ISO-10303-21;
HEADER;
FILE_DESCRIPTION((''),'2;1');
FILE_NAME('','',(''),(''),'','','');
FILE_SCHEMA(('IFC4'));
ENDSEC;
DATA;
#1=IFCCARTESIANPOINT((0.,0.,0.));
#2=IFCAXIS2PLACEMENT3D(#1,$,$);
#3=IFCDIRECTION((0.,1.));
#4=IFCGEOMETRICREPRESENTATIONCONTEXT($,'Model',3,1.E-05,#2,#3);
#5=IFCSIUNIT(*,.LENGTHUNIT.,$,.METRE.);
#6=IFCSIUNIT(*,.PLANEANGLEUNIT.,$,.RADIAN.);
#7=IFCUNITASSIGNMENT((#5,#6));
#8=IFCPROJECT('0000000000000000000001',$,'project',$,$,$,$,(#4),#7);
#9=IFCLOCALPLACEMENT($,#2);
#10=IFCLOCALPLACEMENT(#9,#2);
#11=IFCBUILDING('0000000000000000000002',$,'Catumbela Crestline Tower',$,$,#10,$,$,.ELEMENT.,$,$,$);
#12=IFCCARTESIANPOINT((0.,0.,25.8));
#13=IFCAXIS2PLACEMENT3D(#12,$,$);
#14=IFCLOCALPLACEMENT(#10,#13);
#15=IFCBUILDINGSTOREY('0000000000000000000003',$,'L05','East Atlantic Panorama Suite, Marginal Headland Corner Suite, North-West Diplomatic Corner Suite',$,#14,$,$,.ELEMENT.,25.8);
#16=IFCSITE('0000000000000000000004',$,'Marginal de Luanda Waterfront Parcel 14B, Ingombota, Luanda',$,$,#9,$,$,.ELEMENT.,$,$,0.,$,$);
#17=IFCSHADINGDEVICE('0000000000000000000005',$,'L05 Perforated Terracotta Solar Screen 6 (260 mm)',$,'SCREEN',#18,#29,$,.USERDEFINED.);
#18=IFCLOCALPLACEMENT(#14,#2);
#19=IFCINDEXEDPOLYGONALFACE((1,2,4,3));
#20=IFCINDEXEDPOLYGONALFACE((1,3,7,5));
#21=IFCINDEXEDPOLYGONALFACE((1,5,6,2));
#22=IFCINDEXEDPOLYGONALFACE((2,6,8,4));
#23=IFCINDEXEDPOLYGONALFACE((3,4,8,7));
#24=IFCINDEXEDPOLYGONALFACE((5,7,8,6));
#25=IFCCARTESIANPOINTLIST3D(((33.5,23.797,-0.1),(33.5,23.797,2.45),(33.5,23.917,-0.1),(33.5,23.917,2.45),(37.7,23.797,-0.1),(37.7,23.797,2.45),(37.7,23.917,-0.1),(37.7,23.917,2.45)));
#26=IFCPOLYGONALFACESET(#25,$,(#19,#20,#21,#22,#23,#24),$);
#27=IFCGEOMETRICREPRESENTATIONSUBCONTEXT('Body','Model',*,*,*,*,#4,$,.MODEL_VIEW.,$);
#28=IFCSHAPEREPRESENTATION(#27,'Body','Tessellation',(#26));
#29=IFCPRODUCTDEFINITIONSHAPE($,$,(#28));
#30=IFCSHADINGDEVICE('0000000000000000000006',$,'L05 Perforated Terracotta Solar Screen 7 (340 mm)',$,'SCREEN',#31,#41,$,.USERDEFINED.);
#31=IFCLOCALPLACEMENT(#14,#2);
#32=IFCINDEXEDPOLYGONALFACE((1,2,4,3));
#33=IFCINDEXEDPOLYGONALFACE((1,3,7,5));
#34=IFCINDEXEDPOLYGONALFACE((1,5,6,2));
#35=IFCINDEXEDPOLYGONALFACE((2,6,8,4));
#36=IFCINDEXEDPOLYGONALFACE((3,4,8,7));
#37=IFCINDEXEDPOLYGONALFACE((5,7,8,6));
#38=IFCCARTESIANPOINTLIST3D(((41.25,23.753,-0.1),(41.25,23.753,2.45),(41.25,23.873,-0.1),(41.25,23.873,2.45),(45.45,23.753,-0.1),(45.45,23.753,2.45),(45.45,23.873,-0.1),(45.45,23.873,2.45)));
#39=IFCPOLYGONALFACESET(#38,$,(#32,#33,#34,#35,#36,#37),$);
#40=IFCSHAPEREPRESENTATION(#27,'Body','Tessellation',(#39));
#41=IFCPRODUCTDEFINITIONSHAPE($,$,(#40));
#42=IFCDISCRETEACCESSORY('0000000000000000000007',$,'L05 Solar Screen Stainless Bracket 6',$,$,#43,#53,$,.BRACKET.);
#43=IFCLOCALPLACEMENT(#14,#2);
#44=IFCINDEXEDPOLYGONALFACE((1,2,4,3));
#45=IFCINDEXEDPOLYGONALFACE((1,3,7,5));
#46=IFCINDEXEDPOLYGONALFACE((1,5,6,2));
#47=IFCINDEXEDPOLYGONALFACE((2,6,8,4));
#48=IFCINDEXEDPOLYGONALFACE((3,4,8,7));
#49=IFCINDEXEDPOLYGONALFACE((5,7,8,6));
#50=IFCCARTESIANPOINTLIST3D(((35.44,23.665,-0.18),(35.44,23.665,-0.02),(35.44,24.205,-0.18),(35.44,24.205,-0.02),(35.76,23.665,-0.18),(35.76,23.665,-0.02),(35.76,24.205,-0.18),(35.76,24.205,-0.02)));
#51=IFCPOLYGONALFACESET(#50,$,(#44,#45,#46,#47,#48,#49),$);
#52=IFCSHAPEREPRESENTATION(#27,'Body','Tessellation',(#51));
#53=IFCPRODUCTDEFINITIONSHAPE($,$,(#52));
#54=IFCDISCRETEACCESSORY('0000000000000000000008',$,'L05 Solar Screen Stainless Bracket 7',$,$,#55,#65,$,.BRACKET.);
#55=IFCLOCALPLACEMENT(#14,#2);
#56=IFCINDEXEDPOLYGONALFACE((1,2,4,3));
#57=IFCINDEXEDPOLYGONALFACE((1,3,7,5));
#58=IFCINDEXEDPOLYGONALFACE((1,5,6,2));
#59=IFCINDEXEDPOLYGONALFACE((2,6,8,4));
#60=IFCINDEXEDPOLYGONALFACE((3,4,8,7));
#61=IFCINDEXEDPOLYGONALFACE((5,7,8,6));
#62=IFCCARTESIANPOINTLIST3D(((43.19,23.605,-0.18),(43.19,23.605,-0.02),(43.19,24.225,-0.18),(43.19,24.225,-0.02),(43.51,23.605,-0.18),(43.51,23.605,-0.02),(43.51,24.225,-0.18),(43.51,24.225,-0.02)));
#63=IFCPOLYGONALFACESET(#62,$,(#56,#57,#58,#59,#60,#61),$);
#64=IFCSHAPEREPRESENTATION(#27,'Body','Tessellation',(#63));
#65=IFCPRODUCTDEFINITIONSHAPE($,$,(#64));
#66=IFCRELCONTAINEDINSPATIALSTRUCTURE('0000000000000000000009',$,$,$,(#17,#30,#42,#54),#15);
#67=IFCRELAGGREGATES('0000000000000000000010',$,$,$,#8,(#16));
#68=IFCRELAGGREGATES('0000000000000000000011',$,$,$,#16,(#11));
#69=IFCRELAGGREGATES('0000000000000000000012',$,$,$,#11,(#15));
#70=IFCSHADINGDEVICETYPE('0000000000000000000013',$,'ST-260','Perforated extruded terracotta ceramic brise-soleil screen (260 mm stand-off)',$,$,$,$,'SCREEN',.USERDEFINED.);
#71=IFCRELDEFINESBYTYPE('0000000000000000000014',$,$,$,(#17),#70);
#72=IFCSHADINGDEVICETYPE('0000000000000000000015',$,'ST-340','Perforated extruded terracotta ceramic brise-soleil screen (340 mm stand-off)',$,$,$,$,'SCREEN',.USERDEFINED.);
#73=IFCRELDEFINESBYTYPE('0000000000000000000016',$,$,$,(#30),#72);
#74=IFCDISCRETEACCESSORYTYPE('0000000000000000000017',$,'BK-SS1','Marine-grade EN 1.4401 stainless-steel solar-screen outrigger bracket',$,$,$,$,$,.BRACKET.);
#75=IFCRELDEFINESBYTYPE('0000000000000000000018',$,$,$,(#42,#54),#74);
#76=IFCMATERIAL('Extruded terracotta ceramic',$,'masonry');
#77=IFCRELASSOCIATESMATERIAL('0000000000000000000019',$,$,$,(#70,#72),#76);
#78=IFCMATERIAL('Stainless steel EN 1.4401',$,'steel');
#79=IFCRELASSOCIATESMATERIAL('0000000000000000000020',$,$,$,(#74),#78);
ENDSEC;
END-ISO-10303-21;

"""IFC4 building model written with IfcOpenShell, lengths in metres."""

from ifc_helpers import new_model, si_unit, direction, frame, origin, origin_2d, place, context, subcontext, project, spatial, rectangle, extrude, material, type_object, element, save


model = new_model("IFC4")

# Units and contexts
model_context = context("Model", 3, precision=1e-05, world=origin(), true_north=direction((0.0, 1.0)))
body_context = subcontext(model_context, "Body", "Model", "MODEL_VIEW")
ifc_project = project(units=[si_unit("LENGTHUNIT", "METRE"), si_unit("PLANEANGLEUNIT", "RADIAN")], contexts=[model_context])

# Site, building, storey
site_placement = place(None, origin())
site = spatial("IfcSite", under=ifc_project, at=site_placement, Name="Marginal de Luanda Waterfront Parcel 14B, Ingombota, Luanda", CompositionType="ELEMENT", RefElevation=0.0)
building_placement = place(site_placement, origin())
building = spatial("IfcBuilding", under=site, at=building_placement, Name="Catumbela Crestline Tower", CompositionType="ELEMENT")
storey_placement = place(building_placement, frame((0.0, 0.0, 25.8)))
storey = spatial("IfcBuildingStorey", under=building, at=storey_placement, Name="L05", Description="East Atlantic Panorama Suite, Marginal Headland Corner Suite, North-West Diplomatic Corner Suite", CompositionType="ELEMENT", Elevation=25.8)

# Shared definitions
ifc_material_1 = material(Name="Extruded terracotta ceramic", Category="masonry")

# Shading devices
shading_device_type_1 = type_object("IfcShadingDeviceType", Name="ST-260", Description="Perforated extruded terracotta ceramic brise-soleil screen (260 mm stand-off)", ElementType="SCREEN", PredefinedType="USERDEFINED", material=ifc_material_1)
shading_device_1_placement = place(storey_placement, frame((35.6, 23.857, -0.1), z_axis=(0.0, 0.0, 1.0), x_axis=(1.0, 0.0, 0.0)))
element("IfcShadingDevice", 1, at=shading_device_1_placement, inside=storey, type_object=shading_device_type_1, Name="L05 Perforated Terracotta Solar Screen 6 (260 mm)", ObjectType="SCREEN", PredefinedType="USERDEFINED", context=body_context, shape_type="SweptSolid", body=[
    extrude(rectangle(XDim=4.2, YDim=0.12, at=origin_2d()), origin(), (0.0, 0.0, 1.0), 2.55),
])
shading_device_type_2 = type_object("IfcShadingDeviceType", Name="ST-340", Description="Perforated extruded terracotta ceramic brise-soleil screen (340 mm stand-off)", ElementType="SCREEN", PredefinedType="USERDEFINED", material=ifc_material_1)
shading_device_2_placement = place(storey_placement, frame((43.35, 23.813, -0.1), z_axis=(0.0, 0.0, 1.0), x_axis=(1.0, 0.0, 0.0)))
element("IfcShadingDevice", 2, at=shading_device_2_placement, inside=storey, type_object=shading_device_type_2, Name="L05 Perforated Terracotta Solar Screen 7 (340 mm)", ObjectType="SCREEN", PredefinedType="USERDEFINED", context=body_context, shape_type="SweptSolid", body=[
    extrude(rectangle(XDim=4.2, YDim=0.12, at=origin_2d()), origin(), (0.0, 0.0, 1.0), 2.55),
])

# Discrete accessories
ifc_material_2 = material(Name="Stainless steel EN 1.4401", Category="steel")
discrete_accessory_type = type_object("IfcDiscreteAccessoryType", Name="BK-SS1", Description="Marine-grade EN 1.4401 stainless-steel solar-screen outrigger bracket", PredefinedType="BRACKET", material=ifc_material_2)
discrete_accessory_1_placement = place(storey_placement, frame((35.6, 23.935, -0.18), z_axis=(0.0, 0.0, 1.0), x_axis=(1.0, 0.0, 0.0)))
element("IfcDiscreteAccessory", 3, at=discrete_accessory_1_placement, inside=storey, type_object=discrete_accessory_type, Name="L05 Solar Screen Stainless Bracket 6", PredefinedType="BRACKET", context=body_context, shape_type="SweptSolid", body=[
    extrude(rectangle(XDim=0.32, YDim=0.54, at=origin_2d()), origin(), (0.0, 0.0, 1.0), 0.16),
])
discrete_accessory_2_placement = place(storey_placement, frame((43.35, 23.915, -0.18), z_axis=(0.0, 0.0, 1.0), x_axis=(1.0, 0.0, 0.0)))
element("IfcDiscreteAccessory", 4, at=discrete_accessory_2_placement, inside=storey, type_object=discrete_accessory_type, Name="L05 Solar Screen Stainless Bracket 7", PredefinedType="BRACKET", context=body_context, shape_type="SweptSolid", body=[
    extrude(rectangle(XDim=0.32, YDim=0.62, at=origin_2d()), origin(), (0.0, 0.0, 1.0), 0.16),
])

save(model, "model.ifc")
